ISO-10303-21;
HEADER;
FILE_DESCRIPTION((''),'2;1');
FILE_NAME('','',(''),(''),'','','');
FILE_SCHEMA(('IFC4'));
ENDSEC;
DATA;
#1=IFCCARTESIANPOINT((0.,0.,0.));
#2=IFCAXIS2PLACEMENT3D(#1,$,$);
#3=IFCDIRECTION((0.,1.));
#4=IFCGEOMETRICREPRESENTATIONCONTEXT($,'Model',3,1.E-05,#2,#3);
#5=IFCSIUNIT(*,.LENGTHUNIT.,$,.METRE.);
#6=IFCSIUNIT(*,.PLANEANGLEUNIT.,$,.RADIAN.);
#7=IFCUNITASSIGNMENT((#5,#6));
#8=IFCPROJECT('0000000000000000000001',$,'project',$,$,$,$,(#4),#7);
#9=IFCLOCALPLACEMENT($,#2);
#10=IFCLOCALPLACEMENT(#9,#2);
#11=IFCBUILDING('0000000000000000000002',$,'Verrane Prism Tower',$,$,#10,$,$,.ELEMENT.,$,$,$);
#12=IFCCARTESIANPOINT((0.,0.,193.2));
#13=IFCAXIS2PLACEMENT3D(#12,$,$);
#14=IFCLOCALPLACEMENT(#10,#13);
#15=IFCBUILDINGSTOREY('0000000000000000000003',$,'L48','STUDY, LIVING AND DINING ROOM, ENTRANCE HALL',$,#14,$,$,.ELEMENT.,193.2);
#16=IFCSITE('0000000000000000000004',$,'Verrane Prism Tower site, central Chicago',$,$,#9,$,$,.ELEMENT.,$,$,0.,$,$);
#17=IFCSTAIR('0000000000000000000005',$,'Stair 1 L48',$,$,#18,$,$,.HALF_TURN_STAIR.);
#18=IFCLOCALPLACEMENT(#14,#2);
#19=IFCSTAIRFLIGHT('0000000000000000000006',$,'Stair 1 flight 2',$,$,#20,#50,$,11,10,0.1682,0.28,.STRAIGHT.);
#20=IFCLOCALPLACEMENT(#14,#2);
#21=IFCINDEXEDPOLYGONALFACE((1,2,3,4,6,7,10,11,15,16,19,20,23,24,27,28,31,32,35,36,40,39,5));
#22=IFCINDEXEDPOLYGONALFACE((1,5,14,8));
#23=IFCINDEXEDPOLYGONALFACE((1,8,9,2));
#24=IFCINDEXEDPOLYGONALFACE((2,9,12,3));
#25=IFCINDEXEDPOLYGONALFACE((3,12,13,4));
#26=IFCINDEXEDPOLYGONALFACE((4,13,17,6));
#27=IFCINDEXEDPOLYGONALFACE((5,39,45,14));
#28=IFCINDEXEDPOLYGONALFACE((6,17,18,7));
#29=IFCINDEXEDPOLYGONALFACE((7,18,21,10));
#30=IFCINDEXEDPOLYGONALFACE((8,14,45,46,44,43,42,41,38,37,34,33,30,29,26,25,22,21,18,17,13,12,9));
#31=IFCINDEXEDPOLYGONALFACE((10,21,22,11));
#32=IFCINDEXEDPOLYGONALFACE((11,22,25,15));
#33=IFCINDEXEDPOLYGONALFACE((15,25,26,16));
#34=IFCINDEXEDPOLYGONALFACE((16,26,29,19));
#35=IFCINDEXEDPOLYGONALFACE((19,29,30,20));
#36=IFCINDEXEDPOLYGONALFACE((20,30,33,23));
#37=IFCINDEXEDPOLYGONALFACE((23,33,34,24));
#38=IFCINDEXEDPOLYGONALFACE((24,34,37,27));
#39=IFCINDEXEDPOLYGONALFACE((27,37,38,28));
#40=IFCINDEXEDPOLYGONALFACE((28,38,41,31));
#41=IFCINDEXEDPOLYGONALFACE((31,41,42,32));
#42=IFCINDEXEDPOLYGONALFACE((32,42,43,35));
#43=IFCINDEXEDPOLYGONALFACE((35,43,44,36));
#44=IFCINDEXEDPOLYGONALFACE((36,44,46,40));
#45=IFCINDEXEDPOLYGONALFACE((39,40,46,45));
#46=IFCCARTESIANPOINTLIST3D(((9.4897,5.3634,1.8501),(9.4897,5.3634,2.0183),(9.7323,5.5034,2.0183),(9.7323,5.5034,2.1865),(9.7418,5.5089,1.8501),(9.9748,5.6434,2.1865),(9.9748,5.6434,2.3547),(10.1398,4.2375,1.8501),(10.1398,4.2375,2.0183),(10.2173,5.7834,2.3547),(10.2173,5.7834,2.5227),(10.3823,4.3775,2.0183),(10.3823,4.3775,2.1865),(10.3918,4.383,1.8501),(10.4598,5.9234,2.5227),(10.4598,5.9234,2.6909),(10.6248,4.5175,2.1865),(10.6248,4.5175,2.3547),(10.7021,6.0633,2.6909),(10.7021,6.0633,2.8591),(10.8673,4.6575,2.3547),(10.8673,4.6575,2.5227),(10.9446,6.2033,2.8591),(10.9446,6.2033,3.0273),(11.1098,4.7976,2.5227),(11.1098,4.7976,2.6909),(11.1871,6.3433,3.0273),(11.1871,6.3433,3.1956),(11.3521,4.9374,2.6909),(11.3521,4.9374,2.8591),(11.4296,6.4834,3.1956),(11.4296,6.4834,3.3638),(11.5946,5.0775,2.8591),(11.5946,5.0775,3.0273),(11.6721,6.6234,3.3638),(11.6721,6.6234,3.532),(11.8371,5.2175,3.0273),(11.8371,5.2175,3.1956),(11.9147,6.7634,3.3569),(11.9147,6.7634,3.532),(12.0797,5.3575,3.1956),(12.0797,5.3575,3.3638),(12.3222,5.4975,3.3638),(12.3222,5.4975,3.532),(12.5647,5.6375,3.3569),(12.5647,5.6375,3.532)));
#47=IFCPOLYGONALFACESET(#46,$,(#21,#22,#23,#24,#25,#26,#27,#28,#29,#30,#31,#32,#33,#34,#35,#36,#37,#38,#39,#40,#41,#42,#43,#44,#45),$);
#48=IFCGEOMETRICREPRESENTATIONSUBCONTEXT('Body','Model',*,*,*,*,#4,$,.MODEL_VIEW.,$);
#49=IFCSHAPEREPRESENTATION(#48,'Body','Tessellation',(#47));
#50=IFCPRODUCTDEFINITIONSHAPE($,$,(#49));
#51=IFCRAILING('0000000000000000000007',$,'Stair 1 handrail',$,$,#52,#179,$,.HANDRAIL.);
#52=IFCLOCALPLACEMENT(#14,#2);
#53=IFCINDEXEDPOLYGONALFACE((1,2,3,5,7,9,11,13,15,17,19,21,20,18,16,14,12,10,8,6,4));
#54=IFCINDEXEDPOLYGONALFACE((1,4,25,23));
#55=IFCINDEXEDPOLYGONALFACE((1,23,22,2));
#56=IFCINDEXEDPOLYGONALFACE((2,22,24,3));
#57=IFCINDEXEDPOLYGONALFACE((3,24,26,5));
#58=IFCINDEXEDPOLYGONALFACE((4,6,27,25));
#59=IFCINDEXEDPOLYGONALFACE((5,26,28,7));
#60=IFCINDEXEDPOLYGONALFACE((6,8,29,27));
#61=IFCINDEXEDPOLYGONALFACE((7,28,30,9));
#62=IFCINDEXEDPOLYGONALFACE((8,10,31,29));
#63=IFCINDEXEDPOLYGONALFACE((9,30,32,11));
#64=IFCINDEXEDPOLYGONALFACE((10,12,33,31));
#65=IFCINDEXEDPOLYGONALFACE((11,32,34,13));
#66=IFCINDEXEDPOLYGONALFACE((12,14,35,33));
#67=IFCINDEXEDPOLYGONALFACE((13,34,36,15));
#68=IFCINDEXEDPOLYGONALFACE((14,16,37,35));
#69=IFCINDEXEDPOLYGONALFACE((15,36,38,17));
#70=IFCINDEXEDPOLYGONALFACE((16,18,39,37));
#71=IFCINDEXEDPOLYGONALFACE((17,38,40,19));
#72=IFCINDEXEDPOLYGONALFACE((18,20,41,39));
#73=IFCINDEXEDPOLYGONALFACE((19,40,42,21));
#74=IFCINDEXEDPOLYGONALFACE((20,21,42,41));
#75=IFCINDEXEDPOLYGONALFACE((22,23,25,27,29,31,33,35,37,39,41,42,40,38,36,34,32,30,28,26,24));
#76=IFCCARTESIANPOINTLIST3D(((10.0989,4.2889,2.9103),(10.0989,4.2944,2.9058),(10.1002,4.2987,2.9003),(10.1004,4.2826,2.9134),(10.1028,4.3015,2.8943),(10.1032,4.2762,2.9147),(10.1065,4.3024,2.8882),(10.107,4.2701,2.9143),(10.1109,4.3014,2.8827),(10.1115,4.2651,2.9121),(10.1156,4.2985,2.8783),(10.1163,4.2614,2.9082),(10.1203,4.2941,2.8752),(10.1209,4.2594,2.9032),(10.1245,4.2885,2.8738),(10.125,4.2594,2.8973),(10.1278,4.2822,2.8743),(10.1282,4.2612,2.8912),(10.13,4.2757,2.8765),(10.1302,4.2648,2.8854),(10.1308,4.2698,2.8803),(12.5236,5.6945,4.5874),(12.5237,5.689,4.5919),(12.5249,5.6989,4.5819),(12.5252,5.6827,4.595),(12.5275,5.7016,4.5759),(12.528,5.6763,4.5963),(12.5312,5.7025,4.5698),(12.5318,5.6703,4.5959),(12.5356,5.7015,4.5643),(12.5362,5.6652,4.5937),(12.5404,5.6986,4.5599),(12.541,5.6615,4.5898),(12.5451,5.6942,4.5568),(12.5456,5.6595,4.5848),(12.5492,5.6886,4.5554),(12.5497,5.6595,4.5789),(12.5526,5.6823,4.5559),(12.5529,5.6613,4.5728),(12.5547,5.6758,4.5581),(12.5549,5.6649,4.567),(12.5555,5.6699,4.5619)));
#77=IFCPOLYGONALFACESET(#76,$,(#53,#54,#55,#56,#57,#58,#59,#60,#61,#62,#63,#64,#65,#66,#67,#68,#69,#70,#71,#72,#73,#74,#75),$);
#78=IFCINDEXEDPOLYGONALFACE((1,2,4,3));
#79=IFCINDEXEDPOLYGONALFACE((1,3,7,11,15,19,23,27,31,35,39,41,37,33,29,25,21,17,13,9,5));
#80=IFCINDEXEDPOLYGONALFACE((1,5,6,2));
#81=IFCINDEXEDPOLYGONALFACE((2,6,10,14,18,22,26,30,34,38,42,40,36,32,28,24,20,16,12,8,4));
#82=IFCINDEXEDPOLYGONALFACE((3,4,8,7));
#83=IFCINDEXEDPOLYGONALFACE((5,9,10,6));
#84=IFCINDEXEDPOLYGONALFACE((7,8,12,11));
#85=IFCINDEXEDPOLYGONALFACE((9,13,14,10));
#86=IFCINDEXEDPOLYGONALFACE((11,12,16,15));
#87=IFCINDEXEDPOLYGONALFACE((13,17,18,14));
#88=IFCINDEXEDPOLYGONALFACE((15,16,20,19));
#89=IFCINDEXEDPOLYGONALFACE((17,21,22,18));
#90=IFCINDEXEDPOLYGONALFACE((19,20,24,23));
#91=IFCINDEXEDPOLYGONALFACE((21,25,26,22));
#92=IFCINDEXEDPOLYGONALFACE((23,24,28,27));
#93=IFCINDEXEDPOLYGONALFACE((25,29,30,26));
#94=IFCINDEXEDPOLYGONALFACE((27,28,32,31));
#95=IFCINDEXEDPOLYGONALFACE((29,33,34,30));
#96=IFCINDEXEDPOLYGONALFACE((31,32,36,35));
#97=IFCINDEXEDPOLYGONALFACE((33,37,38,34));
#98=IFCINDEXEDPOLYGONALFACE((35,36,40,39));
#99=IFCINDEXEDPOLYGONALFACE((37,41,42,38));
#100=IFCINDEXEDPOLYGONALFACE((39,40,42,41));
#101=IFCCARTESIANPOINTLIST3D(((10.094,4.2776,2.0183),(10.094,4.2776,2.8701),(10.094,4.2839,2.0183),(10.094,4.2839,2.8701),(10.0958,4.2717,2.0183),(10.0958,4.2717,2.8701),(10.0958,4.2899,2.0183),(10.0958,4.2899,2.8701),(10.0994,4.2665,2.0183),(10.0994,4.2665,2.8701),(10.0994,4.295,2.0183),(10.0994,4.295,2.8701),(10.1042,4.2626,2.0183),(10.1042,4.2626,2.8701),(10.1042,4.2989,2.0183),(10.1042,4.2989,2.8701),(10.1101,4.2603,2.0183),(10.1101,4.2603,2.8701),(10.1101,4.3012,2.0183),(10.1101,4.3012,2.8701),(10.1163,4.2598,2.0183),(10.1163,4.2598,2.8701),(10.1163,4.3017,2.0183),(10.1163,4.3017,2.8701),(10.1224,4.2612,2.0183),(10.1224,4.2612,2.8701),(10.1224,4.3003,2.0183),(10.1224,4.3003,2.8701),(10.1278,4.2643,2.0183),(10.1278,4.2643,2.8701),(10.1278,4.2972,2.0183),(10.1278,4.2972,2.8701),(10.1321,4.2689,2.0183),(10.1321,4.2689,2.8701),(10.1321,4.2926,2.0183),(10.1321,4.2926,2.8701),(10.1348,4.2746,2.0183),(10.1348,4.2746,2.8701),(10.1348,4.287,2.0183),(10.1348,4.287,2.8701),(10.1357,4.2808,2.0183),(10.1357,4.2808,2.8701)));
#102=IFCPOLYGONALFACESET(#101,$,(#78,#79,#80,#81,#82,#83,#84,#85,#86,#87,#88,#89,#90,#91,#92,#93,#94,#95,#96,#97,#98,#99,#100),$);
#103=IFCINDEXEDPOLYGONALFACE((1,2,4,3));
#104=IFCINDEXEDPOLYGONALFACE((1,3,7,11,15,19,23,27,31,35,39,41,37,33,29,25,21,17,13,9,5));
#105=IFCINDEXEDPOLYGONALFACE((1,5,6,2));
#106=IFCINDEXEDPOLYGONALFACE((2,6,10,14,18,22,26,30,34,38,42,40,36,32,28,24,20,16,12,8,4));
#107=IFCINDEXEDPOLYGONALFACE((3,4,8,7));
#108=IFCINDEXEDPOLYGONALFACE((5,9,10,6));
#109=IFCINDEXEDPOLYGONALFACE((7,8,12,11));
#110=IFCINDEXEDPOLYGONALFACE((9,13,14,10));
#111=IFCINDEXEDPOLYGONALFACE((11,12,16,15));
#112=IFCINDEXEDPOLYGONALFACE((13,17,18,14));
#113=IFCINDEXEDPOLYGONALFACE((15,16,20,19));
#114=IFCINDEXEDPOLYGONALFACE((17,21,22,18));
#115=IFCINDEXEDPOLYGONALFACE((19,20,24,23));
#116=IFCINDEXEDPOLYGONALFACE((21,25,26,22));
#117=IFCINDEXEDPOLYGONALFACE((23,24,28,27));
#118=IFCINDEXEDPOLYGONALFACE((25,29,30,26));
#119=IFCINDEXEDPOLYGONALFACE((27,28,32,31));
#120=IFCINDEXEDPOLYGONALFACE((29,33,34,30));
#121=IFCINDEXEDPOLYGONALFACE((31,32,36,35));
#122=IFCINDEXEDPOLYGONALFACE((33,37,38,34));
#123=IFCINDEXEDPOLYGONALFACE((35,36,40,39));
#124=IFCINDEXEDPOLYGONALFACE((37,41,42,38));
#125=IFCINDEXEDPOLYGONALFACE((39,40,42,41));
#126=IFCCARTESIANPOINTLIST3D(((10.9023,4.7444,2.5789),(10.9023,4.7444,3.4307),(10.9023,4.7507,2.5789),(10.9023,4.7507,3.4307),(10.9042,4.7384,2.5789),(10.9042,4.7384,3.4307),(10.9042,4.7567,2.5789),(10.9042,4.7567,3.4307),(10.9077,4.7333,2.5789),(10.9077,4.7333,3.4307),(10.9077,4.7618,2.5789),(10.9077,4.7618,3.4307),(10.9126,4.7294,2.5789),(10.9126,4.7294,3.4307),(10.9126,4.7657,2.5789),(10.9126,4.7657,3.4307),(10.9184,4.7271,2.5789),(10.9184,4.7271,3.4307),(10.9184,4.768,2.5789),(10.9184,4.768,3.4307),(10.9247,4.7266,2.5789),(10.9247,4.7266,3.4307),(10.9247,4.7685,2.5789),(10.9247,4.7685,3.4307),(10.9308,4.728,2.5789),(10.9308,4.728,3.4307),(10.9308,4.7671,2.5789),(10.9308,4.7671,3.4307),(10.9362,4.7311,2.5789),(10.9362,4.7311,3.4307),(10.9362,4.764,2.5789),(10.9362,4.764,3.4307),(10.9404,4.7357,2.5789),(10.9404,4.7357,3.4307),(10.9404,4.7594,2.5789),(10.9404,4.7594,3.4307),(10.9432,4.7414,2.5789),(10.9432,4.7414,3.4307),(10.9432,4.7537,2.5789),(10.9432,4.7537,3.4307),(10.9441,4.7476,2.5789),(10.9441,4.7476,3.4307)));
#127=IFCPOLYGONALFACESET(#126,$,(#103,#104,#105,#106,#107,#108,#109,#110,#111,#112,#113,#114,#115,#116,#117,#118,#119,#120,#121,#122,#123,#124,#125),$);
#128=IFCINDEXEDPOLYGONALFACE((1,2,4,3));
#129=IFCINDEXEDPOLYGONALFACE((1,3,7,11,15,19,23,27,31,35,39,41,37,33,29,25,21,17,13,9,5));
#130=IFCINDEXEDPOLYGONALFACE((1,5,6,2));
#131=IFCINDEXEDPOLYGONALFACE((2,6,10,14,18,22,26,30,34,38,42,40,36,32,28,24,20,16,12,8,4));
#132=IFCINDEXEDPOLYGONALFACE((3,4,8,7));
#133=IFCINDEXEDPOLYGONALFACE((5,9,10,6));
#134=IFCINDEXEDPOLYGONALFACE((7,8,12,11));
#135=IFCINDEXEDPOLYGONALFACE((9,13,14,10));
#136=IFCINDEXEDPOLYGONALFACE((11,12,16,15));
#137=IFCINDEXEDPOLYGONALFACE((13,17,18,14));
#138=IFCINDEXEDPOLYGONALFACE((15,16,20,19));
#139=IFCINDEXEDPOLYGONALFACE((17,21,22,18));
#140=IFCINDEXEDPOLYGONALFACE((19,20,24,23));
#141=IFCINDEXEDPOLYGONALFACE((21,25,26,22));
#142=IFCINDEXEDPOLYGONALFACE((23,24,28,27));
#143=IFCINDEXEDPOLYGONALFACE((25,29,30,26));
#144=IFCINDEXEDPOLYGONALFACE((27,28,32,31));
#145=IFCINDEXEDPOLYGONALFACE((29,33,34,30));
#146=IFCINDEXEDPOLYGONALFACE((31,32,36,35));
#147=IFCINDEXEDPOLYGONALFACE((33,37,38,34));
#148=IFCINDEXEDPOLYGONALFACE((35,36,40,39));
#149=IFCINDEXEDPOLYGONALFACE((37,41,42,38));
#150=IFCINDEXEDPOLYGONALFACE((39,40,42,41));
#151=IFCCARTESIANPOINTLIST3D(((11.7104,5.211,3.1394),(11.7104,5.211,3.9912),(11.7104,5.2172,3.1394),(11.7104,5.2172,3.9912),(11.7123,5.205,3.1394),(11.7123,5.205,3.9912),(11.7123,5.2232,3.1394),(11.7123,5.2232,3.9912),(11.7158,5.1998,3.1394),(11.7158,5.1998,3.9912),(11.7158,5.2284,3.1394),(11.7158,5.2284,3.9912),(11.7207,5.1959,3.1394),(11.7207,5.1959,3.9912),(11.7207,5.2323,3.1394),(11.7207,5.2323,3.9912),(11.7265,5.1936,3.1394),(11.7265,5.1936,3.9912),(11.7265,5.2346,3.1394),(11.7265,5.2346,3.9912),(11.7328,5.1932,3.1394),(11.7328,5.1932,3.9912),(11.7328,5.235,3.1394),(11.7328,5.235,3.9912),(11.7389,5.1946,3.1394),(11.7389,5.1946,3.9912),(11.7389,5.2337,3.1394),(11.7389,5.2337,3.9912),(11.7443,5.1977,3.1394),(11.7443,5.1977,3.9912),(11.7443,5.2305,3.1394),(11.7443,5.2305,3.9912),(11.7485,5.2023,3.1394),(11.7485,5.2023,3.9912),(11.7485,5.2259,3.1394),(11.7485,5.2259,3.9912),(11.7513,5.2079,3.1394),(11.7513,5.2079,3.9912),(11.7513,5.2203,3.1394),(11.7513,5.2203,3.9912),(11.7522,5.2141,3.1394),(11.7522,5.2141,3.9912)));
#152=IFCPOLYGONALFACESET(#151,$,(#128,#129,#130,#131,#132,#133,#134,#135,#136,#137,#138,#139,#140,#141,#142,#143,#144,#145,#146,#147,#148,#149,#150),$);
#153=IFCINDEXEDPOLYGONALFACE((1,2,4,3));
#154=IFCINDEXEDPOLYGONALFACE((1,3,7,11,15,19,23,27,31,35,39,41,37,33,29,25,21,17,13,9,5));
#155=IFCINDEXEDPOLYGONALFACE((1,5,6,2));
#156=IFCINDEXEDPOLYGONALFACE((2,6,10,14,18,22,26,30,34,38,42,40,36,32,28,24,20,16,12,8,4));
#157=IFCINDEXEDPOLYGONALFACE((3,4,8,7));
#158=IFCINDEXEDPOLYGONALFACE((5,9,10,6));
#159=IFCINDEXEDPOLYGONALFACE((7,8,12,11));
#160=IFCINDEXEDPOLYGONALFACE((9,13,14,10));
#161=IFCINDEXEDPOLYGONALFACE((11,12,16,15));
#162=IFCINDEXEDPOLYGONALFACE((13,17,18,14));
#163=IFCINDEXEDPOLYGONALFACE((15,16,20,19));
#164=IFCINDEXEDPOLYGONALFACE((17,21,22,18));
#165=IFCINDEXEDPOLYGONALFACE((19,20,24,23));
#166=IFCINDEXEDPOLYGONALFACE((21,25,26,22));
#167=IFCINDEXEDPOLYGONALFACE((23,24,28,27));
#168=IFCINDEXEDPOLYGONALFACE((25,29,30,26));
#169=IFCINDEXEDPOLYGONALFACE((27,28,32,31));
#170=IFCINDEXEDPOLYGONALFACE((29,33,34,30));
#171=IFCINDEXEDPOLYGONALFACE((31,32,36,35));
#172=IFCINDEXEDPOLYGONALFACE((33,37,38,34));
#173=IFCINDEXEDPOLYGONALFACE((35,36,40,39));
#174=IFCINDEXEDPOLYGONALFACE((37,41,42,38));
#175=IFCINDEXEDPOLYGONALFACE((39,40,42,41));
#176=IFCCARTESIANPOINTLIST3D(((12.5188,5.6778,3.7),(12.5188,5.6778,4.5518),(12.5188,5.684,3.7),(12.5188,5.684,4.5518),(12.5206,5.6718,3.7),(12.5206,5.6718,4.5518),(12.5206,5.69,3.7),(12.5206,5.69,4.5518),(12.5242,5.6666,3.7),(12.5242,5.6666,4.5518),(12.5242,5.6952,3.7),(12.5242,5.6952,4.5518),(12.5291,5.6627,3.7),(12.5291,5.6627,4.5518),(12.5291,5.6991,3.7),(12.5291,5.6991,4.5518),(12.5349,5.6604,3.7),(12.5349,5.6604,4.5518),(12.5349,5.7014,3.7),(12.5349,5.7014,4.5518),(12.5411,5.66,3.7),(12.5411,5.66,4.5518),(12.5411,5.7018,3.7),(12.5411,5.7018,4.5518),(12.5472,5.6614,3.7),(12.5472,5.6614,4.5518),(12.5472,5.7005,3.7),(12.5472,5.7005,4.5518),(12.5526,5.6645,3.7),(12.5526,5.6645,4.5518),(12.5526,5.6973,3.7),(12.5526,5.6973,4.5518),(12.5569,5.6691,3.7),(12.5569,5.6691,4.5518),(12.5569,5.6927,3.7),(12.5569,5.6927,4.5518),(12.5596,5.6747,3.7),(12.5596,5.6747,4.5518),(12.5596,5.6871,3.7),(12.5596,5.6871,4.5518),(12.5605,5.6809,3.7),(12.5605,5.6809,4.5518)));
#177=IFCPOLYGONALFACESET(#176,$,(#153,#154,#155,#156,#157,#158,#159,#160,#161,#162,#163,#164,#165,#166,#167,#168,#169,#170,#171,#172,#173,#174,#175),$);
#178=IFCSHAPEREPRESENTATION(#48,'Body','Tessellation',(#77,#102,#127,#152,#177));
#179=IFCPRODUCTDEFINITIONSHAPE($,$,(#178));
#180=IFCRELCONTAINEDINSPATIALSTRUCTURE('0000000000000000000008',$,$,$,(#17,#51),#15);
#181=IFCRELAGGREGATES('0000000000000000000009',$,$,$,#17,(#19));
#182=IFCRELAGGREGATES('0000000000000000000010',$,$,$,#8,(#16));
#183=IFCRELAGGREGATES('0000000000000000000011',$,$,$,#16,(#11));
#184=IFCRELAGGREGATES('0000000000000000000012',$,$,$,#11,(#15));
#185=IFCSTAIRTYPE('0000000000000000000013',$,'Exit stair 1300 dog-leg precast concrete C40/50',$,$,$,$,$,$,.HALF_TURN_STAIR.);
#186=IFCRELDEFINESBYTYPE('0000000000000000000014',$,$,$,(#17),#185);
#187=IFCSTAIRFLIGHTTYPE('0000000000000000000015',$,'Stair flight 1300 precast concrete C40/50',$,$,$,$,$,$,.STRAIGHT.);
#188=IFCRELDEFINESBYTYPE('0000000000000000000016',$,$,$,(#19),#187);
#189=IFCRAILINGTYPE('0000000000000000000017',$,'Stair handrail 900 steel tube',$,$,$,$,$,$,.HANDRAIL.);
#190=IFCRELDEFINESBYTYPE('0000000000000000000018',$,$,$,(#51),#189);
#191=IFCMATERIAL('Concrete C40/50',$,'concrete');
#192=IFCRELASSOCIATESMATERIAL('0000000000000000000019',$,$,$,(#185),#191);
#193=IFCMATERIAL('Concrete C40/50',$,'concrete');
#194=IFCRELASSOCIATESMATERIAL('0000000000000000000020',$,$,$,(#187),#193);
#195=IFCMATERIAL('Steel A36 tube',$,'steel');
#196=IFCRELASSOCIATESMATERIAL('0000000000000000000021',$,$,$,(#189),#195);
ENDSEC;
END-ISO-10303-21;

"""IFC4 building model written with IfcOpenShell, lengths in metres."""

from ifc_helpers import new_model, si_unit, direction, frame, origin, origin_2d, place, context, subcontext, project, spatial, polyline, circle, outline, extrude, material, type_object, element, aggregate, save


model = new_model("IFC4")

# Units and contexts
model_context = context("Model", 3, precision=1e-05, world=origin(), true_north=direction((0.0, 1.0)))
body_context = subcontext(model_context, "Body", "Model", "MODEL_VIEW")
ifc_project = project(units=[si_unit("LENGTHUNIT", "METRE"), si_unit("PLANEANGLEUNIT", "RADIAN")], contexts=[model_context])

# Site, building, storey
site_placement = place(None, origin())
site = spatial("IfcSite", under=ifc_project, at=site_placement, Name="Verrane Prism Tower site, central Chicago", CompositionType="ELEMENT", RefElevation=0.0)
building_placement = place(site_placement, origin())
building = spatial("IfcBuilding", under=site, at=building_placement, Name="Verrane Prism Tower", CompositionType="ELEMENT")
storey_placement = place(building_placement, frame((0.0, 0.0, 193.2)))
storey = spatial("IfcBuildingStorey", under=building, at=storey_placement, Name="L48", Description="STUDY, LIVING AND DINING ROOM, ENTRANCE HALL", CompositionType="ELEMENT", Elevation=193.2)

# Shared definitions
ifc_material_1 = material(Name="Concrete C40/50", Category="concrete")
stair_type = type_object("IfcStairType", Name="Exit stair 1300 dog-leg precast concrete C40/50", PredefinedType="HALF_TURN_STAIR", material=ifc_material_1)

# Stair, stair flight
stair_1_placement = place(storey_placement, origin())
stair_1 = element("IfcStair", 1, at=stair_1_placement, inside=storey, type_object=stair_type, Name="Stair 1 L48", PredefinedType="HALF_TURN_STAIR")
ifc_material_2 = material(Name="Concrete C40/50", Category="concrete")
stair_flight_type = type_object("IfcStairFlightType", Name="Stair flight 1300 precast concrete C40/50", PredefinedType="STRAIGHT", material=ifc_material_2)
stair_flight_1_placement = place(storey_placement, frame((9.8147, 4.8005, 1.8501), z_axis=(0.0, 0.0, 1.0), x_axis=(0.866025, 0.5, 0.0)))
stair_flight_1 = element("IfcStairFlight", 2, at=stair_flight_1_placement, type_object=stair_flight_type, Name="Stair 1 flight 2", NumberOfRisers=11, NumberOfTreads=10, PredefinedType="STRAIGHT", RiserHeight=0.1682, TreadLength=0.28, context=body_context, shape_type="SweptSolid", body=[
    extrude(outline(polyline([(0.0, 0.0), (0.0, 0.1682), (0.28, 0.1682), (0.28, 0.3364), (0.5601, 0.3364), (0.5601, 0.5046), (0.8401, 0.5046), (0.8401, 0.6726), (1.1201, 0.6726), (1.1201, 0.8408), (1.3999, 0.8408), (1.3999, 1.009), (1.6799, 1.009), (1.6799, 1.1772), (1.96, 1.1772), (1.96, 1.3455), (2.24, 1.3455), (2.24, 1.5137), (2.52, 1.5137), (2.52, 1.6819), (2.8, 1.6819), (2.8, 1.8501), (2.8, 1.5068), (0.291, 0.0), (0.0, 0.0)])), frame((0.0, 0.6499, 0.0), z_axis=(0.0, -1.0, 0.0), x_axis=(1.0, 0.0, 0.0)), (0.0, 0.0, 1.0), 1.3),
])
aggregate(stair_1, [stair_flight_1])

# Railing
ifc_material_3 = material(Name="Steel A36 tube", Category="steel")
railing_type_1 = type_object("IfcRailingType", Name="Stair handrail 900 steel tube", PredefinedType="HANDRAIL", material=ifc_material_3)
railing_1_placement = place(storey_placement, frame((10.1147, 4.2808, 2.0183)))
element("IfcRailing", 3, at=railing_1_placement, inside=storey, type_object=railing_type_1, Name="Stair 1 handrail", PredefinedType="HANDRAIL", context=body_context, shape_type="SweptSolid", body=[
    extrude(circle(Radius=0.0239, at=origin_2d()), frame((0.0, 0.0, 0.876), z_axis=(0.742395, 0.428679, 0.514863), x_axis=(-0.50005, 0.865997, 0.0)), (0.0, 0.0, 1.0), 3.2661),
    extrude(circle(Radius=0.021, at=origin_2d()), origin(), (0.0, 0.0, 1.0), 0.8518),
    extrude(circle(Radius=0.021, at=origin_2d()), frame((0.8083, 0.4668, 0.5605)), (0.0, 0.0, 1.0), 0.8518),
    extrude(circle(Radius=0.021, at=origin_2d()), frame((1.6165, 0.9333, 1.1211)), (0.0, 0.0, 1.0), 0.8518),
    extrude(circle(Radius=0.021, at=origin_2d()), frame((2.4248, 1.4001, 1.6816)), (0.0, 0.0, 1.0), 0.8518),
])

save(model, "model.ifc")
